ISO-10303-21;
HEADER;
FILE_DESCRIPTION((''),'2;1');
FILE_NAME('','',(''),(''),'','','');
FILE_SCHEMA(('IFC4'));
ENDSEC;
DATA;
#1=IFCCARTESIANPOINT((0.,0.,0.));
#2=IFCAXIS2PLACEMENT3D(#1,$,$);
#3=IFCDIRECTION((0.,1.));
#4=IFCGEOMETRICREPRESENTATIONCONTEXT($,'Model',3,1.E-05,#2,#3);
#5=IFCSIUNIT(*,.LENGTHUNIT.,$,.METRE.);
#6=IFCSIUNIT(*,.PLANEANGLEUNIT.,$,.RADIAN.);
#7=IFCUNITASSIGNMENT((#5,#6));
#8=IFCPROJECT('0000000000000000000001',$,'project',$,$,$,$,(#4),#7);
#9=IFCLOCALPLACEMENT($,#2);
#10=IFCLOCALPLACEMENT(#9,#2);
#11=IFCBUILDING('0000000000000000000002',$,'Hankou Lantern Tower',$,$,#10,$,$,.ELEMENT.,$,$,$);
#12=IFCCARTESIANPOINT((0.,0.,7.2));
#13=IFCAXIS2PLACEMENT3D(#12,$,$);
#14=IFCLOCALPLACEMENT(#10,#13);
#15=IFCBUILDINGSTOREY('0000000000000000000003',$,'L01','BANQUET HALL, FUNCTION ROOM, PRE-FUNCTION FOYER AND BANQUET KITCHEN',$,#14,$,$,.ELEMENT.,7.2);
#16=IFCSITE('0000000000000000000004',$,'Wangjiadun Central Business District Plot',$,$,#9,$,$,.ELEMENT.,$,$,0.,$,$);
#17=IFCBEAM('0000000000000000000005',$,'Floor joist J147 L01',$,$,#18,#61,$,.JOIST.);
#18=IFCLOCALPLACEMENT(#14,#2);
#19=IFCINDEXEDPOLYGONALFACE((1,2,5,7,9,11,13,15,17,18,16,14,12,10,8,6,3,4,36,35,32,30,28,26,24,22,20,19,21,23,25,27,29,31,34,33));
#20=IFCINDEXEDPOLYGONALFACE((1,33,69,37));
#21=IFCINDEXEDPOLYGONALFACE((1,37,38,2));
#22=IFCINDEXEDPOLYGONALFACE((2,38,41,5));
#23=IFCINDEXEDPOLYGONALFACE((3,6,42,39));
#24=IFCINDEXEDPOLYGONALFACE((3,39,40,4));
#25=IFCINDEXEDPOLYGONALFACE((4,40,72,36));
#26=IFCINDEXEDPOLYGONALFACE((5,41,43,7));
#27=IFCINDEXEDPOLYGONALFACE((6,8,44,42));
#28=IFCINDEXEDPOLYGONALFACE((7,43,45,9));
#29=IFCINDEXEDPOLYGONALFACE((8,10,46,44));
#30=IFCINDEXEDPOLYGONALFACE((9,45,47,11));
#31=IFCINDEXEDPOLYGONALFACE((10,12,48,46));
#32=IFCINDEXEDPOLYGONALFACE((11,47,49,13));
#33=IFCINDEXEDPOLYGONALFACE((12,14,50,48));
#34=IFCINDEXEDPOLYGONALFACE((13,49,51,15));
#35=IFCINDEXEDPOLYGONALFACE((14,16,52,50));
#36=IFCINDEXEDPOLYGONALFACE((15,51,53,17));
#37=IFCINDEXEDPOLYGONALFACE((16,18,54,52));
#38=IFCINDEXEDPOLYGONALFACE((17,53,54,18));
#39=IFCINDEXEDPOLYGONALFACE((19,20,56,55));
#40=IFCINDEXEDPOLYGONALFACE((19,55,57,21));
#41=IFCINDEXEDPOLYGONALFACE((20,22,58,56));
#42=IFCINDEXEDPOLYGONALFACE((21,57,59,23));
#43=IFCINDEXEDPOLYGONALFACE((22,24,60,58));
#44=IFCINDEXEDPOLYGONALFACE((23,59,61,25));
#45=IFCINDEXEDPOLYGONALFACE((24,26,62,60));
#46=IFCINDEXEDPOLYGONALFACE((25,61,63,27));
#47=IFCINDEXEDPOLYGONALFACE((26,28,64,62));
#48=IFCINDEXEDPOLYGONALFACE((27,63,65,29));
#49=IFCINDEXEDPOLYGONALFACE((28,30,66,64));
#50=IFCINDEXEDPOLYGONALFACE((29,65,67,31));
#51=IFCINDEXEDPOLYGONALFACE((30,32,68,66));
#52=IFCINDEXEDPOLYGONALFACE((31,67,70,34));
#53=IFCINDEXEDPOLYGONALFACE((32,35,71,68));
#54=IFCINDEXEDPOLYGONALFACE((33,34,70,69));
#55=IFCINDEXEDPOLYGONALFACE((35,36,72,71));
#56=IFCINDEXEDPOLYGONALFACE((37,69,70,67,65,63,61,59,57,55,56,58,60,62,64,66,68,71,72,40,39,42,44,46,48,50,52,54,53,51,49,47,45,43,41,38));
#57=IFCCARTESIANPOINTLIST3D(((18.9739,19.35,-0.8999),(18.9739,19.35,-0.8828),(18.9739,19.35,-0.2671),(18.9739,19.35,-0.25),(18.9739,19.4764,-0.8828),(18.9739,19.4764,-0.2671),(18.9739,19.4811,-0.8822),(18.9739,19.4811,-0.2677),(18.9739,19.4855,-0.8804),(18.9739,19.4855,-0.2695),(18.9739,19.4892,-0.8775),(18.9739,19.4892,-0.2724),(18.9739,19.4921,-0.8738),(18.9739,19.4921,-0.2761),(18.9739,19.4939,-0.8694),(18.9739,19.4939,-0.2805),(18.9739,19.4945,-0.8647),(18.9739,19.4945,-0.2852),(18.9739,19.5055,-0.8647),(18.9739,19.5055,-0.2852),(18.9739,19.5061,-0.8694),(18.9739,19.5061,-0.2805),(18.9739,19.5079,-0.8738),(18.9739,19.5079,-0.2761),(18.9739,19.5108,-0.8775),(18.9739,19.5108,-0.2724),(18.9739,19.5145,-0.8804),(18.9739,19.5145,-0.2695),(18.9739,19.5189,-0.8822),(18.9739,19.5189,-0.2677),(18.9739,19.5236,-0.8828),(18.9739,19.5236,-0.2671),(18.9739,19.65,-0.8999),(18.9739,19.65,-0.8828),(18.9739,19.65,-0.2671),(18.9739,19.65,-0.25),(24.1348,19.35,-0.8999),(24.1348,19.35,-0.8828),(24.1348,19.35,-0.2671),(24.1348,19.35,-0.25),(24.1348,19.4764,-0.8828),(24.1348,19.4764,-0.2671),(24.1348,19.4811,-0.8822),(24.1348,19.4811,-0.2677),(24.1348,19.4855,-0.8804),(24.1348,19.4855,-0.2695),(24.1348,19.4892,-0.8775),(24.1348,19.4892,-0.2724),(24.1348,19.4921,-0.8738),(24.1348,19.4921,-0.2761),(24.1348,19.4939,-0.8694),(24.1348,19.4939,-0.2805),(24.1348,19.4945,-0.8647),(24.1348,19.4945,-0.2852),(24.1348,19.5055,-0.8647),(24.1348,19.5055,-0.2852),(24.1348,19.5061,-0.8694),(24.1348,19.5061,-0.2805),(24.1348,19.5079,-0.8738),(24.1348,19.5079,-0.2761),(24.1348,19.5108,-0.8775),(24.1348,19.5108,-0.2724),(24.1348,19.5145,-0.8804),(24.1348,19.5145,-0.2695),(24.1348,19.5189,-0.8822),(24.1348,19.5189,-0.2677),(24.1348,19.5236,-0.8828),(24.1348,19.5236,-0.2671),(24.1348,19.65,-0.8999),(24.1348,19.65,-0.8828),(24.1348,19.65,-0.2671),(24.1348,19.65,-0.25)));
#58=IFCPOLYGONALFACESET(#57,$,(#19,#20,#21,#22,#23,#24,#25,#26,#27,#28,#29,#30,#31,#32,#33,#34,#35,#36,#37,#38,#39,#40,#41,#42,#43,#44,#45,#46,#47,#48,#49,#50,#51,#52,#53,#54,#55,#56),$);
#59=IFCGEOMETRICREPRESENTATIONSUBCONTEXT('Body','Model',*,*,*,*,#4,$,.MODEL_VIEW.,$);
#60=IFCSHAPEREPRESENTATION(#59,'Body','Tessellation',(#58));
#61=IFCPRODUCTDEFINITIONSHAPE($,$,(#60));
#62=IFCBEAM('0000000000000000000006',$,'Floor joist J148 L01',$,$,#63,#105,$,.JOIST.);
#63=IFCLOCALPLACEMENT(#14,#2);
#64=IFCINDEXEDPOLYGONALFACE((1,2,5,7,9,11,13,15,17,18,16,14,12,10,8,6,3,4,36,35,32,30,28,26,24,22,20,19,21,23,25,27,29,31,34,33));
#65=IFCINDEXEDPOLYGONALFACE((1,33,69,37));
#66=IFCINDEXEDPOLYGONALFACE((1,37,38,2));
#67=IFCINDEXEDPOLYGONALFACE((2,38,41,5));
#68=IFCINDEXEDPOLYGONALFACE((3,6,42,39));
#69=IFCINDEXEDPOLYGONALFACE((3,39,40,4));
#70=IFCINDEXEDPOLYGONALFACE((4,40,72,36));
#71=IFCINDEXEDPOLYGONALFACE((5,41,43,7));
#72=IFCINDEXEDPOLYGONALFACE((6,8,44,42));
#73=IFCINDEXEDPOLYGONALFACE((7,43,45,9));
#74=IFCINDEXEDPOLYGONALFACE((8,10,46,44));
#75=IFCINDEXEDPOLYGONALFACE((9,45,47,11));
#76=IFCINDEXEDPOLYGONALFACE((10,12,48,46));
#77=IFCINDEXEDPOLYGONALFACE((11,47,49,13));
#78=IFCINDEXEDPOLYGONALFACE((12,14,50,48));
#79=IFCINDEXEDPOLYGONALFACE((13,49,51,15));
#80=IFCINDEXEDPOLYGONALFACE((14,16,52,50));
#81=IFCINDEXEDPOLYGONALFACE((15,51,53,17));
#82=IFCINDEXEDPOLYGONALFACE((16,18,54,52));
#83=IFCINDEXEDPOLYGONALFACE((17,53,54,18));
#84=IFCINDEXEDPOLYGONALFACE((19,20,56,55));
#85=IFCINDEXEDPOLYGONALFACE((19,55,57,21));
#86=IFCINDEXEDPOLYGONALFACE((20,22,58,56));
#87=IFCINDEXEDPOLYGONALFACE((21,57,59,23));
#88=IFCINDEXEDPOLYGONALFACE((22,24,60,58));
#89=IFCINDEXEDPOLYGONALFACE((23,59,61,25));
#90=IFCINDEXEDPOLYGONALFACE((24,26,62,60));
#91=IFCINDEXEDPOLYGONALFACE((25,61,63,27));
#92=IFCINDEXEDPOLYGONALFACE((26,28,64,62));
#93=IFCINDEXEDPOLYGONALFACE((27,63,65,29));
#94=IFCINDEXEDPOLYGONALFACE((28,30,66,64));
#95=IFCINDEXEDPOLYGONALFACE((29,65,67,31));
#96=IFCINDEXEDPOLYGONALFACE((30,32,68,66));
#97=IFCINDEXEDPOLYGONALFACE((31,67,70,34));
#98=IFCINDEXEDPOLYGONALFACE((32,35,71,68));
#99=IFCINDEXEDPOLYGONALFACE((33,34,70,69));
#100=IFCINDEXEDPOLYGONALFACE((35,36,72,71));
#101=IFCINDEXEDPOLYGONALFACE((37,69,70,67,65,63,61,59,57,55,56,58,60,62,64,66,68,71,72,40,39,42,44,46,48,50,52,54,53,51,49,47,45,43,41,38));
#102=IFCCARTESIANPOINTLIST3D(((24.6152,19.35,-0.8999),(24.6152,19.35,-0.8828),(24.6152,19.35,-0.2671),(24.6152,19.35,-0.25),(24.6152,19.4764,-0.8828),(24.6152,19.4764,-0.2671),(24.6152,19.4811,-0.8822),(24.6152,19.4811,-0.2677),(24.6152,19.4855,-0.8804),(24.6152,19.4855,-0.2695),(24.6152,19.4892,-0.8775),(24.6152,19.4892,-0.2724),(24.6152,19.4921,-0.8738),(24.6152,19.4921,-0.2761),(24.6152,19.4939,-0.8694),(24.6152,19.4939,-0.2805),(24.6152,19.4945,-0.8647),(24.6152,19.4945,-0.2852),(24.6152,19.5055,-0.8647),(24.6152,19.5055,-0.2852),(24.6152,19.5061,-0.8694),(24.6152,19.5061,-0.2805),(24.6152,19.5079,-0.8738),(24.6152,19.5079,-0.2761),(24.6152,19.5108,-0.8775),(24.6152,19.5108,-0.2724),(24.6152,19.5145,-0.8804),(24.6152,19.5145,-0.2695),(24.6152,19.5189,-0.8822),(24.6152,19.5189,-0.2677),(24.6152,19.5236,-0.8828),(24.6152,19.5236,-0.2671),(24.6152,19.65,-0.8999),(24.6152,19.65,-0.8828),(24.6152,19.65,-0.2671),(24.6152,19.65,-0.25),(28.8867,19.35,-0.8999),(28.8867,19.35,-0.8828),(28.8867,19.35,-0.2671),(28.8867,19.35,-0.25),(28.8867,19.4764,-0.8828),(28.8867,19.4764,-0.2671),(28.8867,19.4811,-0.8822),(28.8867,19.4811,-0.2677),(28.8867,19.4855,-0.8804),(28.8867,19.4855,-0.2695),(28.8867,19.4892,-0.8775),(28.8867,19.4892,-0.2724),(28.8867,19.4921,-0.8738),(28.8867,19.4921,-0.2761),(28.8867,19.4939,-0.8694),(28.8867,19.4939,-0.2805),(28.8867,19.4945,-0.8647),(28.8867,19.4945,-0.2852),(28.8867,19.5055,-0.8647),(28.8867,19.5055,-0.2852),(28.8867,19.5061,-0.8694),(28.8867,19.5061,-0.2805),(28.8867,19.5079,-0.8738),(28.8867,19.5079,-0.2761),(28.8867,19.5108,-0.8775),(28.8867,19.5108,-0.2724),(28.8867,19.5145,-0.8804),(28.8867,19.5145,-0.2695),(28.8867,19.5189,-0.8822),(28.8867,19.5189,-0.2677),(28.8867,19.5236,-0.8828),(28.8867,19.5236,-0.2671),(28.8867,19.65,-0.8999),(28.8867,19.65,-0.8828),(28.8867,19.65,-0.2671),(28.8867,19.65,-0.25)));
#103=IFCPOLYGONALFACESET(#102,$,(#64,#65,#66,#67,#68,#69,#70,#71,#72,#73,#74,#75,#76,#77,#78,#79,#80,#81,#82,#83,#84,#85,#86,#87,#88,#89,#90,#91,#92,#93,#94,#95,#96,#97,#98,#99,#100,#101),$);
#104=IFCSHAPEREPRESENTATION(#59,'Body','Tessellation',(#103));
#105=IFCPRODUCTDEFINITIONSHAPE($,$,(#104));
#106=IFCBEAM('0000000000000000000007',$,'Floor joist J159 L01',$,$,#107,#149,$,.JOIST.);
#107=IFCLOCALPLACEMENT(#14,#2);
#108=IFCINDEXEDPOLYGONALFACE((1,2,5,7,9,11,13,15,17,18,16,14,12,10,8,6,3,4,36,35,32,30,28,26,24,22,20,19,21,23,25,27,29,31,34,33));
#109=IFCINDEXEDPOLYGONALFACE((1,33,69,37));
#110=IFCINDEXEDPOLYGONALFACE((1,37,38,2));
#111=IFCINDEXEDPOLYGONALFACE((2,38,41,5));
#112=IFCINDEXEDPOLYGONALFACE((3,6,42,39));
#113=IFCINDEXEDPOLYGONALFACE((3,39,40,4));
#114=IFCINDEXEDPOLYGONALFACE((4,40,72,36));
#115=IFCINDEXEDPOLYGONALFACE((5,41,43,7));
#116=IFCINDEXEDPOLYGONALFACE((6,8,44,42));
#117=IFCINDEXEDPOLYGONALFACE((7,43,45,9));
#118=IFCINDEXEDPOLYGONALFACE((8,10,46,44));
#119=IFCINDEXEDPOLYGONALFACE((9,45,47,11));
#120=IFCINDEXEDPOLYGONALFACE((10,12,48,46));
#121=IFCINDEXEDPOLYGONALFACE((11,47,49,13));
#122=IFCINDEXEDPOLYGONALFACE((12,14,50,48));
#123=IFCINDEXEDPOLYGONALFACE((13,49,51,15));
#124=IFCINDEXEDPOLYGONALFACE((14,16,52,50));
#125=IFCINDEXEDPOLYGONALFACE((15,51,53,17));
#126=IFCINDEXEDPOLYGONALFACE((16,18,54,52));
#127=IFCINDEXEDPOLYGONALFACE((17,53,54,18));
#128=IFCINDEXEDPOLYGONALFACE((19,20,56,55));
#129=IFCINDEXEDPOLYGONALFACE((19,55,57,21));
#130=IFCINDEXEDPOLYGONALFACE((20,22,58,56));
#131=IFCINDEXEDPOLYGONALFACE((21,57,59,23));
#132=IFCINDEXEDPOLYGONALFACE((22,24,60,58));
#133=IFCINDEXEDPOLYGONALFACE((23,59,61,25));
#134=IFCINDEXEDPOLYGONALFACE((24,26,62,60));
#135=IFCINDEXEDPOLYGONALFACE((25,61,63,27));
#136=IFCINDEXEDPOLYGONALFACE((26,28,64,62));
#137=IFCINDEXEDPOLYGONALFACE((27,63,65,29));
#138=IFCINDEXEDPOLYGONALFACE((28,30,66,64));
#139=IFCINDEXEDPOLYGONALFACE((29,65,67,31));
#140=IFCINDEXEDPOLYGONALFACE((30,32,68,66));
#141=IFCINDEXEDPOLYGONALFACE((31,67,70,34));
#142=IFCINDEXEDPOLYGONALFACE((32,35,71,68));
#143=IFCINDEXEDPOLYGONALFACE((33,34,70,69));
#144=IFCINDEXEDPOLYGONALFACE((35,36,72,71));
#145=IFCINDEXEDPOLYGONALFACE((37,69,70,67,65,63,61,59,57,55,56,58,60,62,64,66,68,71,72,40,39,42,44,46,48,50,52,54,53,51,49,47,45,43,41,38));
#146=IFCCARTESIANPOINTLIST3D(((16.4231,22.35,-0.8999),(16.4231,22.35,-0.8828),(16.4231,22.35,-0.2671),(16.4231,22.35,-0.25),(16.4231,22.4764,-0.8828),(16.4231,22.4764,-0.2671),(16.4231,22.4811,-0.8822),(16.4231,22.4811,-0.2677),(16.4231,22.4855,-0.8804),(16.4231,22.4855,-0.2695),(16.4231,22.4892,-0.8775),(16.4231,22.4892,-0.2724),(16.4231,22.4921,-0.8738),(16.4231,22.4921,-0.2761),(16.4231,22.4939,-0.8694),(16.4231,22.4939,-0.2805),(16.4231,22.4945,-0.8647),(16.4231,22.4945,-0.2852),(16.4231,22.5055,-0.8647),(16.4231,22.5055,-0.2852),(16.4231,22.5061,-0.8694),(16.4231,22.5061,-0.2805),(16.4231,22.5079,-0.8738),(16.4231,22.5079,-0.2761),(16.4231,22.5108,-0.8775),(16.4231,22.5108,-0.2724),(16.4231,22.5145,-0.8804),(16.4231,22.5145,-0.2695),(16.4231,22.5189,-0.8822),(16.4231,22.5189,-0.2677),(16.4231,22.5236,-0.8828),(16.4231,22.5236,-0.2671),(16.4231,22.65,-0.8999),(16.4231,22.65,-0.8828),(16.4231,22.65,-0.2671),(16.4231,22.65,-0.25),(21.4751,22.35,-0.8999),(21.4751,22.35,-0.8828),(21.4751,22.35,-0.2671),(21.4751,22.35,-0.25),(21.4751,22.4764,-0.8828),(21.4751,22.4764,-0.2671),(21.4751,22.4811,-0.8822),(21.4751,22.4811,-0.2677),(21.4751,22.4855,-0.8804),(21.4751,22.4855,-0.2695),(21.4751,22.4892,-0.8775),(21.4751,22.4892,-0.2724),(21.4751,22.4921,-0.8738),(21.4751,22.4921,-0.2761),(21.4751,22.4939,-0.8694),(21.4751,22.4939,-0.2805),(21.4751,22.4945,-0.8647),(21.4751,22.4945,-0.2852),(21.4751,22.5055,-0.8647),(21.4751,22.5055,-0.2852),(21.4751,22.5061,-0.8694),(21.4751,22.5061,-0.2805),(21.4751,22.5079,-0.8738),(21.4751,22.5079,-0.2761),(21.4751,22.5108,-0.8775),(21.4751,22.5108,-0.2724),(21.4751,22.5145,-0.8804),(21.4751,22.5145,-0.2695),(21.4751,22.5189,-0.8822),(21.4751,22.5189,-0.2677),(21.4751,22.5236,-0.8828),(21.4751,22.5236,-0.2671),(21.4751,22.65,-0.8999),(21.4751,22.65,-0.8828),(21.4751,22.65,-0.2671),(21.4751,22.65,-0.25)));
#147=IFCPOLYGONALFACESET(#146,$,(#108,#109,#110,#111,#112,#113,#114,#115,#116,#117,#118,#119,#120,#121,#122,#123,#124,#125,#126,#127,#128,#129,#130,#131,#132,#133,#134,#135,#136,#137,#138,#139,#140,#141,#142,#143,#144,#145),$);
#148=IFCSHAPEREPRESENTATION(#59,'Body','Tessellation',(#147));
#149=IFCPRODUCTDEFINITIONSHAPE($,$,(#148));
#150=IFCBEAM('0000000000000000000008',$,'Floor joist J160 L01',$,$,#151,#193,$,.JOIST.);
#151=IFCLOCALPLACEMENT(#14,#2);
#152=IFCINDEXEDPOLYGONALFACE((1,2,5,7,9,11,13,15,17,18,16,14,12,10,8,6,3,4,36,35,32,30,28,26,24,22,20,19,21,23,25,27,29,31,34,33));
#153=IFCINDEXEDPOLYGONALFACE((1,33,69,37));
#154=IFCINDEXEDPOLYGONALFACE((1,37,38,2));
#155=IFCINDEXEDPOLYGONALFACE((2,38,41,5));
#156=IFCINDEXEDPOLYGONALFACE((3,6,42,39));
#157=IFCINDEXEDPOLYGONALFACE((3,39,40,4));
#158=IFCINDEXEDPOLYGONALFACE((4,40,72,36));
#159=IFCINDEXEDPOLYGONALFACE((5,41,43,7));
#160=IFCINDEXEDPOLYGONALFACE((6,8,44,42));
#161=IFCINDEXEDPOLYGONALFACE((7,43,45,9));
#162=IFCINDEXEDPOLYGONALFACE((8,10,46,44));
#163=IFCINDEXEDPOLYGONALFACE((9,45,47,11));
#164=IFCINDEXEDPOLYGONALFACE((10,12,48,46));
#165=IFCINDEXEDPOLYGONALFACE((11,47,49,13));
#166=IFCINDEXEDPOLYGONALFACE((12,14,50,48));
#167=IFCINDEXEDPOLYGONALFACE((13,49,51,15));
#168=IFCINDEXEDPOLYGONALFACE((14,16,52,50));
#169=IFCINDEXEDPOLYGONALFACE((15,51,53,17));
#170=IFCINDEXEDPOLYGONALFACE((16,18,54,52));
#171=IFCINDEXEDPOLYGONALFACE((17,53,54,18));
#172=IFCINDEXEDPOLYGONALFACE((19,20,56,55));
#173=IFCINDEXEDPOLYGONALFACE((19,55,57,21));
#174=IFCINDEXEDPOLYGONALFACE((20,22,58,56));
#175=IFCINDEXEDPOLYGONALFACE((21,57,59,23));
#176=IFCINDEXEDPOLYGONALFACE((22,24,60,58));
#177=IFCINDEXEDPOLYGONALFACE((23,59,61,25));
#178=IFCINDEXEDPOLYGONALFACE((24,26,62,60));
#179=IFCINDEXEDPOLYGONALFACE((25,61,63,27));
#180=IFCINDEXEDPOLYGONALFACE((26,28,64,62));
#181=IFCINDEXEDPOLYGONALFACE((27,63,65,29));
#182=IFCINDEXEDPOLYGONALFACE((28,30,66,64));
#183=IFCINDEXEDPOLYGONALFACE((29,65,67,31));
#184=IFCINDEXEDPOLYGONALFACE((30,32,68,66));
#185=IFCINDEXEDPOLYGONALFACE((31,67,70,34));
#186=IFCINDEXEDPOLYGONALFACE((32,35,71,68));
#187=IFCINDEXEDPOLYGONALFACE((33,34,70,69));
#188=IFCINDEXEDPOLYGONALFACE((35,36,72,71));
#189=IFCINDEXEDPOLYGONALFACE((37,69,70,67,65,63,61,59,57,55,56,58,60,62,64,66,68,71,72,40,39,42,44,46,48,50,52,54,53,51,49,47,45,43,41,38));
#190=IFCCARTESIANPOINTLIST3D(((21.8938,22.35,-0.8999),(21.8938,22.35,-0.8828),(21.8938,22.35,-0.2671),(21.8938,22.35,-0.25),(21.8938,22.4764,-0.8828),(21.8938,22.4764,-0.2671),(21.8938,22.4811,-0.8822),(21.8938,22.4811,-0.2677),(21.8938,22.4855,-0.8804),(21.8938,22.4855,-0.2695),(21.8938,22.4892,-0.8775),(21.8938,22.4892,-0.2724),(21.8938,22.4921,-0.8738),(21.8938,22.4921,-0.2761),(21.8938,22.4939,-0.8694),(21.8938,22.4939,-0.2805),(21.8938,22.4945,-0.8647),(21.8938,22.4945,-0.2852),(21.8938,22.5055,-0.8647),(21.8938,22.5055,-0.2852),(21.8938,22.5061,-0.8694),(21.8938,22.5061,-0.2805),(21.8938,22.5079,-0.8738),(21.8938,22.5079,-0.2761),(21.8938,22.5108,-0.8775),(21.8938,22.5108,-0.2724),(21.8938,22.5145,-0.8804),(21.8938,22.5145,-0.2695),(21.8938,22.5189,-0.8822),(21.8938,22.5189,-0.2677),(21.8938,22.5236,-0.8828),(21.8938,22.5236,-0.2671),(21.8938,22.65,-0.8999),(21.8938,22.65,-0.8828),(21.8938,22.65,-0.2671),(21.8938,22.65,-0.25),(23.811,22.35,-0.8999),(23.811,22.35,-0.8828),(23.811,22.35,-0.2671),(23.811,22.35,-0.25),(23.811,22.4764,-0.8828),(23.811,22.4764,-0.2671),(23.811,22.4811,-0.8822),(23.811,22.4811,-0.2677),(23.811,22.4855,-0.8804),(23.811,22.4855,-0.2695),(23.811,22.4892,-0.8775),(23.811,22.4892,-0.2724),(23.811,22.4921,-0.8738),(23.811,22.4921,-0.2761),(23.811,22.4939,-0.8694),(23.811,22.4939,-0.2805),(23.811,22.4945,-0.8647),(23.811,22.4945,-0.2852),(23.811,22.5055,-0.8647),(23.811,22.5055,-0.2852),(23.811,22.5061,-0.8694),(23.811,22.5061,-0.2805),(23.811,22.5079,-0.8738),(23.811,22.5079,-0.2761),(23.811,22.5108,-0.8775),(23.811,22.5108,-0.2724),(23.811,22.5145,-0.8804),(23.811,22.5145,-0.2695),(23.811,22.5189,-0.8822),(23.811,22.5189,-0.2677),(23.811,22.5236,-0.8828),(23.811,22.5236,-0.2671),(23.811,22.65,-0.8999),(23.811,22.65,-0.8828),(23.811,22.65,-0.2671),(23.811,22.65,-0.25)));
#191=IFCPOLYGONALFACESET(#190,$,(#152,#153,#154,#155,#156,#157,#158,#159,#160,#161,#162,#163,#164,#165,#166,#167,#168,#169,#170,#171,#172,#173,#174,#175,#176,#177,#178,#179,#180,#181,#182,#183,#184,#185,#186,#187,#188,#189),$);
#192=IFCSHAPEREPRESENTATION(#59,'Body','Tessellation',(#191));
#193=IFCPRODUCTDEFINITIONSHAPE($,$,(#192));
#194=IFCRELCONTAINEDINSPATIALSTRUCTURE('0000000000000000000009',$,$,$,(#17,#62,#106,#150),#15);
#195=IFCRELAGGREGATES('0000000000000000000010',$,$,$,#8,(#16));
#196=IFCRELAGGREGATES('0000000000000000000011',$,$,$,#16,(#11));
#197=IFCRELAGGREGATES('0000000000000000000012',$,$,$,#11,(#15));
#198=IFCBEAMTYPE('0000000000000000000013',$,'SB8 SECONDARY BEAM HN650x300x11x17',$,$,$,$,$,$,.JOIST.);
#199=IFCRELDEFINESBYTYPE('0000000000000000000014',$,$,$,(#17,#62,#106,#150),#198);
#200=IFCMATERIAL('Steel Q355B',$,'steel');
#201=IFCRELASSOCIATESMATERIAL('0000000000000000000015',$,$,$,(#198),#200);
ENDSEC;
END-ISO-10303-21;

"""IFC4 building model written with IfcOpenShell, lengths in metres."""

from ifc_helpers import new_model, si_unit, direction, frame, origin, origin_2d, place, context, subcontext, project, spatial, i_section, extrude, material, material_profile, profile_set, type_object, element, save


model = new_model("IFC4")

# Units and contexts
model_context = context("Model", 3, precision=1e-05, world=origin(), true_north=direction((0.0, 1.0)))
body_context = subcontext(model_context, "Body", "Model", "MODEL_VIEW")
ifc_project = project(units=[si_unit("LENGTHUNIT", "METRE"), si_unit("PLANEANGLEUNIT", "RADIAN")], contexts=[model_context])

# Site, building, storey
site_placement = place(None, origin())
site = spatial("IfcSite", under=ifc_project, at=site_placement, Name="Wangjiadun Central Business District Plot", CompositionType="ELEMENT", RefElevation=0.0)
building_placement = place(site_placement, origin())
building = spatial("IfcBuilding", under=site, at=building_placement, Name="Hankou Lantern Tower", CompositionType="ELEMENT")
storey_placement = place(building_placement, frame((0.0, 0.0, 7.2)))
storey = spatial("IfcBuildingStorey", under=building, at=storey_placement, Name="L01", Description="BANQUET HALL, FUNCTION ROOM, PRE-FUNCTION FOYER AND BANQUET KITCHEN", CompositionType="ELEMENT", Elevation=7.2)

# Beams
ifc_material_1 = material(Name="Steel Q355B", Category="steel")
ifc_material_profile_1 = material_profile(ifc_material_1, i_section(OverallWidth=0.3, OverallDepth=0.6499, WebThickness=0.011, FlangeThickness=0.0171, FilletRadius=0.0181, at=origin_2d()), Name="HN650x300x11x17")
ifc_profile_set_1 = profile_set([ifc_material_profile_1], Name="Steel Q355B")
beam_type_1 = type_object("IfcBeamType", Name="SB8 SECONDARY BEAM HN650x300x11x17", PredefinedType="JOIST", material=ifc_profile_set_1)
beam_1_placement = place(storey_placement, frame((18.9739, 19.5, -0.575), z_axis=(1.0, 0.0, 0.0), x_axis=(0.0, 1.0, 0.0)))
element("IfcBeam", 1, at=beam_1_placement, inside=storey, type_object=beam_type_1, Name="Floor joist J147 L01", PredefinedType="JOIST", context=body_context, shape_type="SweptSolid", body=[
    extrude(i_section(OverallWidth=0.3, OverallDepth=0.6499, WebThickness=0.011, FlangeThickness=0.0171, FilletRadius=0.0181, at=origin_2d()), origin(), (0.0, 0.0, 1.0), 5.1609),
])
beam_2_placement = place(storey_placement, frame((24.6152, 19.5, -0.575), z_axis=(1.0, 0.0, 0.0), x_axis=(0.0, 1.0, 0.0)))
element("IfcBeam", 2, at=beam_2_placement, inside=storey, type_object=beam_type_1, Name="Floor joist J148 L01", PredefinedType="JOIST", context=body_context, shape_type="SweptSolid", body=[
    extrude(i_section(OverallWidth=0.3, OverallDepth=0.6499, WebThickness=0.011, FlangeThickness=0.0171, FilletRadius=0.0181, at=origin_2d()), origin(), (0.0, 0.0, 1.0), 4.2715),
])
beam_3_placement = place(storey_placement, frame((16.4231, 22.5, -0.575), z_axis=(1.0, 0.0, 0.0), x_axis=(0.0, 1.0, 0.0)))
element("IfcBeam", 3, at=beam_3_placement, inside=storey, type_object=beam_type_1, Name="Floor joist J159 L01", PredefinedType="JOIST", context=body_context, shape_type="SweptSolid", body=[
    extrude(i_section(OverallWidth=0.3, OverallDepth=0.6499, WebThickness=0.011, FlangeThickness=0.0171, FilletRadius=0.0181, at=origin_2d()), origin(), (0.0, 0.0, 1.0), 5.052),
])
beam_4_placement = place(storey_placement, frame((21.8938, 22.5, -0.575), z_axis=(1.0, 0.0, 0.0), x_axis=(0.0, 1.0, 0.0)))
element("IfcBeam", 4, at=beam_4_placement, inside=storey, type_object=beam_type_1, Name="Floor joist J160 L01", PredefinedType="JOIST", context=body_context, shape_type="SweptSolid", body=[
    extrude(i_section(OverallWidth=0.3, OverallDepth=0.6499, WebThickness=0.011, FlangeThickness=0.0171, FilletRadius=0.0181, at=origin_2d()), origin(), (0.0, 0.0, 1.0), 1.9172),
])

save(model, "model.ifc")
